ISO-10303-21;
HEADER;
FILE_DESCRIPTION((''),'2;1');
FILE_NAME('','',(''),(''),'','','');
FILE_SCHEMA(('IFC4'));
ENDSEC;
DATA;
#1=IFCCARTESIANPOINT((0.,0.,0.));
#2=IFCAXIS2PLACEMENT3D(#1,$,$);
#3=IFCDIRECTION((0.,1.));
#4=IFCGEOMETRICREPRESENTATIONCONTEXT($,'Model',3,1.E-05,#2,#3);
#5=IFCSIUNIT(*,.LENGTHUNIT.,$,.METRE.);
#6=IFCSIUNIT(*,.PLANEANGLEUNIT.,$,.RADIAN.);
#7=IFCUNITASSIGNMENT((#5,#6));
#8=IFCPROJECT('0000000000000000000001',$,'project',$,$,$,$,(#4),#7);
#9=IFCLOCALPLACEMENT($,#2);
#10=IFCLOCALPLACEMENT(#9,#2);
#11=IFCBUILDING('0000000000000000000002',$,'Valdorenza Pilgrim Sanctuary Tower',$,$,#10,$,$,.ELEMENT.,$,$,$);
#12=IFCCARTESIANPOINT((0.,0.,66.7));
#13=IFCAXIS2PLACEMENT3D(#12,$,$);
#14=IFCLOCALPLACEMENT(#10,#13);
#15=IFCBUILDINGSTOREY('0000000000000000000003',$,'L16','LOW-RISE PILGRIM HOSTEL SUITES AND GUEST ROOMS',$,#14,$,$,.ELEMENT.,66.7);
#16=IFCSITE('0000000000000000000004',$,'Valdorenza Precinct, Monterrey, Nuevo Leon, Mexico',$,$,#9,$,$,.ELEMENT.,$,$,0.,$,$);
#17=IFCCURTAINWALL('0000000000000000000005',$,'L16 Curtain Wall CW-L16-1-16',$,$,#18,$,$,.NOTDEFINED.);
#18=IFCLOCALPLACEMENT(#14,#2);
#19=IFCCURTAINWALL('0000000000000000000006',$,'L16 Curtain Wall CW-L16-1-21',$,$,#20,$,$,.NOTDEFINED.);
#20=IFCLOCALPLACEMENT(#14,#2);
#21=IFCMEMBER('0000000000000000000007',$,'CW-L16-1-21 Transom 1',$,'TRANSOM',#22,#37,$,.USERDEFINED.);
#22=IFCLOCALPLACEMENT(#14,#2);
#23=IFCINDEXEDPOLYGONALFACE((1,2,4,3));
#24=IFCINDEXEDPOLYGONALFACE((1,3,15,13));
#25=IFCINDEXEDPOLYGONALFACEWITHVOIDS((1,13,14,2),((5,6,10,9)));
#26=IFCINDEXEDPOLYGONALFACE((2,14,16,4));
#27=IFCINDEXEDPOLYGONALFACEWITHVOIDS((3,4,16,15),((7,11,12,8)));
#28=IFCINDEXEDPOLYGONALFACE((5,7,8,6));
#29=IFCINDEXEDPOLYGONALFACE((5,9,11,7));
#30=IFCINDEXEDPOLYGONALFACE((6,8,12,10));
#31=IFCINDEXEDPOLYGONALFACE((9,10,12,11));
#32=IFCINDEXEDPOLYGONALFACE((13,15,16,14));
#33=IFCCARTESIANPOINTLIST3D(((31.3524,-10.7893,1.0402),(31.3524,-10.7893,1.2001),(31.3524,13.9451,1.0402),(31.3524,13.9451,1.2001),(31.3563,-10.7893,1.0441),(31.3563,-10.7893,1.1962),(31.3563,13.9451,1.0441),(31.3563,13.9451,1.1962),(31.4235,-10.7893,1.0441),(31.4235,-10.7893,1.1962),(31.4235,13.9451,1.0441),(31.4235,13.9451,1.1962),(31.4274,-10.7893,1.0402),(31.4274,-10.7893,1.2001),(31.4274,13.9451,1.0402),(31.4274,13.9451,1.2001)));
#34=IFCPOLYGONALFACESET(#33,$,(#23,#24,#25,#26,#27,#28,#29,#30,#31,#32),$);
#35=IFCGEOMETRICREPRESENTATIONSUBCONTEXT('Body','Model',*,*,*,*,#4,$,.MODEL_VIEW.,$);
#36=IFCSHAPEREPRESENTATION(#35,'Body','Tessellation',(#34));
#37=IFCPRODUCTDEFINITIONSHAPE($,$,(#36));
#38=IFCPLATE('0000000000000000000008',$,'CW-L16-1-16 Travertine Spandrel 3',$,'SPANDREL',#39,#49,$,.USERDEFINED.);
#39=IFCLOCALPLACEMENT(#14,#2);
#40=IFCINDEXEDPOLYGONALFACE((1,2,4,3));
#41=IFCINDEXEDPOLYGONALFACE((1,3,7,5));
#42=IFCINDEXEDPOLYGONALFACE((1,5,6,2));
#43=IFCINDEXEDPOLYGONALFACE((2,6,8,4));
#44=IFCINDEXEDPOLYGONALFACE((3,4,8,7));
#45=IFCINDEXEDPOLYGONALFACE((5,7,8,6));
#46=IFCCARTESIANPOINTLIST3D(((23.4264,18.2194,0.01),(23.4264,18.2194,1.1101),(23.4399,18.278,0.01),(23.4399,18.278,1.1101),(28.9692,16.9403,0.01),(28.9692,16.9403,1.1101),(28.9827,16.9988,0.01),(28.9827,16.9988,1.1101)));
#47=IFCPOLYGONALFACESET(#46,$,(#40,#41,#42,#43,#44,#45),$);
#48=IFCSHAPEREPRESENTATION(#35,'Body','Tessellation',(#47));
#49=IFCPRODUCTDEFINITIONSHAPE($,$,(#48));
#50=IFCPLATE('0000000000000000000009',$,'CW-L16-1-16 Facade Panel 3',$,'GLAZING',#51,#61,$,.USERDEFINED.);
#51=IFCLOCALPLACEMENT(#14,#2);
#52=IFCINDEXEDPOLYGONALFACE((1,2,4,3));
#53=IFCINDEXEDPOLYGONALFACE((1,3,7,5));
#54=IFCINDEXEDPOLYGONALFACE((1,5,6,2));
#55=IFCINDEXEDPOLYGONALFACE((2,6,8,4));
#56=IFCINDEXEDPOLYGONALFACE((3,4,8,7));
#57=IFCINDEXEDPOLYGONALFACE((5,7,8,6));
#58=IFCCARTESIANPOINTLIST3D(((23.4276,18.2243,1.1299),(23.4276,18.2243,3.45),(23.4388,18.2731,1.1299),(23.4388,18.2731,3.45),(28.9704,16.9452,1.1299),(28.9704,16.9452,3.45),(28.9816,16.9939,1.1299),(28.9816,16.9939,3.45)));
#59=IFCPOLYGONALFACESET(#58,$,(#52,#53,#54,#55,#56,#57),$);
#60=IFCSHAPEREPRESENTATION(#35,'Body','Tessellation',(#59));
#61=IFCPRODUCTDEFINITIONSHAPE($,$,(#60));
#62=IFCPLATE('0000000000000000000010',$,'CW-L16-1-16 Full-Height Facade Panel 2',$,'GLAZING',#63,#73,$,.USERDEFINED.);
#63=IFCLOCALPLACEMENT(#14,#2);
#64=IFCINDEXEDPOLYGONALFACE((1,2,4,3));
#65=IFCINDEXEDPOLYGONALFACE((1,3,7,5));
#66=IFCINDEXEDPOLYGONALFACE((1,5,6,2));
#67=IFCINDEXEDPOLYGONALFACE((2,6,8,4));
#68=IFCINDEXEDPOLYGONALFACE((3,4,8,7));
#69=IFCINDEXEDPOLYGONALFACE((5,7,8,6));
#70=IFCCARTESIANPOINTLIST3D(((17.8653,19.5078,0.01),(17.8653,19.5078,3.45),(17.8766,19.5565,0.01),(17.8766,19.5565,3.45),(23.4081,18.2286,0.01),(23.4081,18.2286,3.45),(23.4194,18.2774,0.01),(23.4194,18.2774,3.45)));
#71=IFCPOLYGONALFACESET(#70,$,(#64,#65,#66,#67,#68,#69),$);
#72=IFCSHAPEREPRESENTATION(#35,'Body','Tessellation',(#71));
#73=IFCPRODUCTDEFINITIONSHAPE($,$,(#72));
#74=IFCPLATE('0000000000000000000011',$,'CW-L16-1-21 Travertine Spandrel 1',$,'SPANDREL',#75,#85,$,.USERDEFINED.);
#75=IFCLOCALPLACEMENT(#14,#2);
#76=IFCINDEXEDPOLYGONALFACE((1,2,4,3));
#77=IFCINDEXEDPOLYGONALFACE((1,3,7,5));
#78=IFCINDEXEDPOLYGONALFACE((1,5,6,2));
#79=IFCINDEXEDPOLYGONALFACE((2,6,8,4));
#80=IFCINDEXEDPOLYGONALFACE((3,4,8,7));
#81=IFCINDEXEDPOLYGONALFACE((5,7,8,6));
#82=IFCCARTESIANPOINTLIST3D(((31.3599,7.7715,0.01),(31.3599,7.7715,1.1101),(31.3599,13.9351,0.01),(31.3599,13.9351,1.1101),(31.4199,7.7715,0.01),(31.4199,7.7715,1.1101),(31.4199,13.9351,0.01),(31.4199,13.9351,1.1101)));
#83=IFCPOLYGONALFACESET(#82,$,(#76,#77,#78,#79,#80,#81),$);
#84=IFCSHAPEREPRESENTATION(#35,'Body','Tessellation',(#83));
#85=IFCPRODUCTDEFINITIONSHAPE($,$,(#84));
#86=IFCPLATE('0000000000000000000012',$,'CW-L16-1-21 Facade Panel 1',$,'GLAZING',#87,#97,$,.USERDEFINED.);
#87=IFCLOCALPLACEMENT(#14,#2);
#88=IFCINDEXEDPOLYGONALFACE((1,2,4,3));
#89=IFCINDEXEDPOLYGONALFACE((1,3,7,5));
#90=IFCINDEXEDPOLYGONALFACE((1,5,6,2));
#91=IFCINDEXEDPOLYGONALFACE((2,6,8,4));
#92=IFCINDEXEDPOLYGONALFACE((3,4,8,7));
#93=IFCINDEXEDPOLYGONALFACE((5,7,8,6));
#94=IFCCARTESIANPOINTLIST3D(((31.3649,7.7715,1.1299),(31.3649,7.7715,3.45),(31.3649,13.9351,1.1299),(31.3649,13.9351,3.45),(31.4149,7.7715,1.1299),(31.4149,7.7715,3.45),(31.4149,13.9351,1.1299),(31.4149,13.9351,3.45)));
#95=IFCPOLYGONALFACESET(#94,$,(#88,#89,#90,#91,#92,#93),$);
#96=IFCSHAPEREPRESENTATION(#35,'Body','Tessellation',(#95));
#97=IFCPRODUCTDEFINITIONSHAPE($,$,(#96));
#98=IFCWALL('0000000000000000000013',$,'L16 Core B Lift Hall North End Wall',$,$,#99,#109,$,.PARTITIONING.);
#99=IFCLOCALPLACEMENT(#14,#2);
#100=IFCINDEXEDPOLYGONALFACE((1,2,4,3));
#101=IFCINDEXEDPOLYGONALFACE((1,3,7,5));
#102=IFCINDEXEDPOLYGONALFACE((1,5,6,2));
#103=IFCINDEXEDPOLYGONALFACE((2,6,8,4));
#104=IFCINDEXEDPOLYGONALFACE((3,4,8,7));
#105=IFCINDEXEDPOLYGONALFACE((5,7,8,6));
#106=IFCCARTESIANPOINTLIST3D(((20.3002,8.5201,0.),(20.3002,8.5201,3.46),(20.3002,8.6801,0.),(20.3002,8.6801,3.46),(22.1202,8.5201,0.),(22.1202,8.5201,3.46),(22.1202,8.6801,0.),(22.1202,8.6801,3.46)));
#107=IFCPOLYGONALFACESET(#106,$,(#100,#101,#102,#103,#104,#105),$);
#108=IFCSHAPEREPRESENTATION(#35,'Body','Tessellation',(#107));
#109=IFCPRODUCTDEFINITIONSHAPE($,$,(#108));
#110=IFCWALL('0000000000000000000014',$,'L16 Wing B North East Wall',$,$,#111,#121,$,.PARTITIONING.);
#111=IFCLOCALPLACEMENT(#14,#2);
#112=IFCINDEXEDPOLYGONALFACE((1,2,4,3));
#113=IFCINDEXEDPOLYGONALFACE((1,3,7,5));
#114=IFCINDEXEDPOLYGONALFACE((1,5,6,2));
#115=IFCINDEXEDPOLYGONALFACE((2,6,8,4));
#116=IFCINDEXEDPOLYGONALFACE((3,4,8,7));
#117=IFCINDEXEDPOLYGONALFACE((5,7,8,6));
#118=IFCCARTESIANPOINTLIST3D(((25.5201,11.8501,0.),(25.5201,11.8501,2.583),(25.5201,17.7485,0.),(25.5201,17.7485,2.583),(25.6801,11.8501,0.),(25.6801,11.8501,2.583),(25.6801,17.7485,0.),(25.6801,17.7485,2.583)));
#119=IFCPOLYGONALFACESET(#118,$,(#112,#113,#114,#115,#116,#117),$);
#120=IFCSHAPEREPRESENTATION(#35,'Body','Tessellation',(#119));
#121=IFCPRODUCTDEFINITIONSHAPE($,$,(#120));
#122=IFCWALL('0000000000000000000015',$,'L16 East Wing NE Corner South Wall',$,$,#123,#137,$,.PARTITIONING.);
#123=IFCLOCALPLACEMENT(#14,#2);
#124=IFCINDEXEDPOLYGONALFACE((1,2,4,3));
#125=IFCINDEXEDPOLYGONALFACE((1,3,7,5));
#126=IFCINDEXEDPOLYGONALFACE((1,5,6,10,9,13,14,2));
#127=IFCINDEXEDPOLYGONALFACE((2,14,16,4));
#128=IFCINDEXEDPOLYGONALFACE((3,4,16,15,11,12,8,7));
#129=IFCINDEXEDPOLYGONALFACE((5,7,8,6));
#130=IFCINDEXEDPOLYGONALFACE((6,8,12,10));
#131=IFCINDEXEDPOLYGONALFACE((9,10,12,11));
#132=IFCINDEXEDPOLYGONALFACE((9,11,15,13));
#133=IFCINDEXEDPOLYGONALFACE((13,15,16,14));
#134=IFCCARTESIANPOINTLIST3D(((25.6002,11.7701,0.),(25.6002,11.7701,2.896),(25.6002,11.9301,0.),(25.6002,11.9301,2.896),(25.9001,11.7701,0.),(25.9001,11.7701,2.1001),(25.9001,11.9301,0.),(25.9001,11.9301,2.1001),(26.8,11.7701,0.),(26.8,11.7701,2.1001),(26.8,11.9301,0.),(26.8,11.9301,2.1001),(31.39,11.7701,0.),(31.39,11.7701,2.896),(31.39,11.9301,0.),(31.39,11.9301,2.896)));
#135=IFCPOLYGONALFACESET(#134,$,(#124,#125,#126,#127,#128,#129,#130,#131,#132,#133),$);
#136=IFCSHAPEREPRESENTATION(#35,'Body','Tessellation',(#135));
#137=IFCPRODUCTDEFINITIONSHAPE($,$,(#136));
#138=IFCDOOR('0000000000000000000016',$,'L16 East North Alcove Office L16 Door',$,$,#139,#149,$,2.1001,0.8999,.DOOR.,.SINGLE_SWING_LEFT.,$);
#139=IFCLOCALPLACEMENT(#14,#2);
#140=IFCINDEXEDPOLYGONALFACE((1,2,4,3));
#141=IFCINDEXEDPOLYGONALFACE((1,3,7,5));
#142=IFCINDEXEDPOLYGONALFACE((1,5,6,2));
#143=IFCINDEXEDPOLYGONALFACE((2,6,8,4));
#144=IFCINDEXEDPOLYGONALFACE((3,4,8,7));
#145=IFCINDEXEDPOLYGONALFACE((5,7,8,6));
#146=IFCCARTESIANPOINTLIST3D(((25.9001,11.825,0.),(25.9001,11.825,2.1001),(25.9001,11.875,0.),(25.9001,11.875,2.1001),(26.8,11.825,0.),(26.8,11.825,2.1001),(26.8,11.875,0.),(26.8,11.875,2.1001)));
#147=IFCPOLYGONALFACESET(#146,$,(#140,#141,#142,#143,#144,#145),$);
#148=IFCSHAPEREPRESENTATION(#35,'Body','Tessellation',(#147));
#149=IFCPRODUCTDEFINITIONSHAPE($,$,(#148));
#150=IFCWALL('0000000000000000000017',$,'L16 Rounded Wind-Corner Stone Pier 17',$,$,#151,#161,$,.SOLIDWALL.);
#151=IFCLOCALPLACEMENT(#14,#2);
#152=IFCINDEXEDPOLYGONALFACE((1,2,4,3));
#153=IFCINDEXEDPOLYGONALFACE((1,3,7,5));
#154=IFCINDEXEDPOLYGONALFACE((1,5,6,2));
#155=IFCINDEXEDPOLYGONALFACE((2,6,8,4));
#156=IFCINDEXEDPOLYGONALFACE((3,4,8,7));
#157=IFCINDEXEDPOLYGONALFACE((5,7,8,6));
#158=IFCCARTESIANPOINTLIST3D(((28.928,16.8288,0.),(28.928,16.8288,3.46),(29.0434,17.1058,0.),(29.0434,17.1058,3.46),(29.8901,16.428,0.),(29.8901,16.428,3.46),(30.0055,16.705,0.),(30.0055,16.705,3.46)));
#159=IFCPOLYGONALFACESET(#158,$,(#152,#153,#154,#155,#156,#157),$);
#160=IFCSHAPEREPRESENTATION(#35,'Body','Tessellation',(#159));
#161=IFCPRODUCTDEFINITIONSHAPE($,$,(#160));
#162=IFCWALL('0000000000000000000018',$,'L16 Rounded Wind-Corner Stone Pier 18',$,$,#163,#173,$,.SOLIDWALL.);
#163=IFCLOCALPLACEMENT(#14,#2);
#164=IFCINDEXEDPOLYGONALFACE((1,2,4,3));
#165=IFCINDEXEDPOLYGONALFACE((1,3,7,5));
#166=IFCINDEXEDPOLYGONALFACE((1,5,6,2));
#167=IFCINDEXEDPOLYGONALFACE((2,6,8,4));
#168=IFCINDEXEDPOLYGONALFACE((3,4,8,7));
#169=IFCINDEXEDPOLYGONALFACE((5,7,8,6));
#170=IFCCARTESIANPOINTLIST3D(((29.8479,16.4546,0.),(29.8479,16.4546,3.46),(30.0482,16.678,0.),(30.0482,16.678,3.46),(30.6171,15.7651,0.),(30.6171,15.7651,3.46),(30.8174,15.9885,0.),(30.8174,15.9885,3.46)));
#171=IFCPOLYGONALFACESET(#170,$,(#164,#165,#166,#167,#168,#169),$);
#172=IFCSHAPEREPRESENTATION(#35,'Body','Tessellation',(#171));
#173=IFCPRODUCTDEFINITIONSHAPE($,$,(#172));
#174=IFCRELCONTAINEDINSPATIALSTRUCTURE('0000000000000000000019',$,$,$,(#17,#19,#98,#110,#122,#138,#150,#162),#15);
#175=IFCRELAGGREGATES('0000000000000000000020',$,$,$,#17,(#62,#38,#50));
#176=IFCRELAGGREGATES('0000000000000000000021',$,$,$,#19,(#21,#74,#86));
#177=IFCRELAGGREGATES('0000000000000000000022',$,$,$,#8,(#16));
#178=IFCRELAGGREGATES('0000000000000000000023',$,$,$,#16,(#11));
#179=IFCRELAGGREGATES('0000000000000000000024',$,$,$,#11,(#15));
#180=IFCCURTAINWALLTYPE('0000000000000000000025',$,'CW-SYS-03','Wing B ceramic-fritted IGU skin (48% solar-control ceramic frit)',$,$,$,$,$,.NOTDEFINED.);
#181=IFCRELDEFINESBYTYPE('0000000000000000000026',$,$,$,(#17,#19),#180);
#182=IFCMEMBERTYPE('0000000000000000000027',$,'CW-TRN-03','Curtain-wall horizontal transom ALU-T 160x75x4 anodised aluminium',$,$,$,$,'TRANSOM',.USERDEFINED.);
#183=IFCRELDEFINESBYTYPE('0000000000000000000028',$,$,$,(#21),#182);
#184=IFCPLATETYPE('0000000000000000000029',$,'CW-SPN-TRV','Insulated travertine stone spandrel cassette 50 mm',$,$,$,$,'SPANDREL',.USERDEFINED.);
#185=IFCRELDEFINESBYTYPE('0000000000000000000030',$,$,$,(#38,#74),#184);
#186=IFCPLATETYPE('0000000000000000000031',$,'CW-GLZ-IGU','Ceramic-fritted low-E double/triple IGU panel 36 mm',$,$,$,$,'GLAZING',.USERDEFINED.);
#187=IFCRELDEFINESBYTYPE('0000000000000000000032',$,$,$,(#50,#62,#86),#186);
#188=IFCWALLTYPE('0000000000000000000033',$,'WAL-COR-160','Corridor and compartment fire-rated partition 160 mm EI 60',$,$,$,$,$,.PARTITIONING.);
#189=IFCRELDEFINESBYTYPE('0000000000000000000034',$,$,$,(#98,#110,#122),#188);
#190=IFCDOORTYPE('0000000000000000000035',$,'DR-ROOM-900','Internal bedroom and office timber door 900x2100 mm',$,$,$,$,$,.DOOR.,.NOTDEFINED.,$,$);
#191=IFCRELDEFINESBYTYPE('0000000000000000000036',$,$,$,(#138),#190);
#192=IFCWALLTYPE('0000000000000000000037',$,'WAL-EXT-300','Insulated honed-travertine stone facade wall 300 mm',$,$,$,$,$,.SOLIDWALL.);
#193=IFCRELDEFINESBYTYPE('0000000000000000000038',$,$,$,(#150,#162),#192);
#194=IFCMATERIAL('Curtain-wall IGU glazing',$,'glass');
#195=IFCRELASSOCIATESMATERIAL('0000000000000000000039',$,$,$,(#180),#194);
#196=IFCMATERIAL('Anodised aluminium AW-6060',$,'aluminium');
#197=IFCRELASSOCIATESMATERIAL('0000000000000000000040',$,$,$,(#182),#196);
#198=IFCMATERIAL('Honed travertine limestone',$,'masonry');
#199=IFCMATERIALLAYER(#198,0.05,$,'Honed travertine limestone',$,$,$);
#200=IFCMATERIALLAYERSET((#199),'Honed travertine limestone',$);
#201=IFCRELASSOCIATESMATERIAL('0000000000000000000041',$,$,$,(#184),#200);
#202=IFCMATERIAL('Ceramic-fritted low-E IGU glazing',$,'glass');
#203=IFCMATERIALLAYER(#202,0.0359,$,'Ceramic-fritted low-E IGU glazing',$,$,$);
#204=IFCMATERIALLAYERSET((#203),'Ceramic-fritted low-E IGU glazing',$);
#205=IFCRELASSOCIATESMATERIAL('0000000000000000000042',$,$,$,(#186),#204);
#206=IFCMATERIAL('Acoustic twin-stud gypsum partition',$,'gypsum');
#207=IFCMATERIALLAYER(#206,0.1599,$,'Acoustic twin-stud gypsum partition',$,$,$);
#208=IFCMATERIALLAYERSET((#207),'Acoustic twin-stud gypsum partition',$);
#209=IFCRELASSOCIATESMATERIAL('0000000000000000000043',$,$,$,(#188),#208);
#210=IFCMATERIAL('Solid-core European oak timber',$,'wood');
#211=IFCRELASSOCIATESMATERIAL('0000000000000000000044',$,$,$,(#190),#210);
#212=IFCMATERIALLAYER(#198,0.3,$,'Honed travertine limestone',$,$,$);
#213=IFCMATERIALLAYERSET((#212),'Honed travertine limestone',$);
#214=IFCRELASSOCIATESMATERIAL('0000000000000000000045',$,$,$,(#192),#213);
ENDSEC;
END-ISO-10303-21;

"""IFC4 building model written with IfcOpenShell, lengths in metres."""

from ifc_helpers import new_model, si_unit, direction, frame, frame_2d, origin, origin_2d, place, context, subcontext, project, spatial, rectangle, hollow_rectangle, extrude, source, transform, mapped, material, layer, layer_set, material_profile, profile_set, type_object, element, fill, aggregate, save


model = new_model("IFC4")

# Units and contexts
model_context = context("Model", 3, precision=1e-05, world=origin(), true_north=direction((0.0, 1.0)))
body_context = subcontext(model_context, "Body", "Model", "MODEL_VIEW")
ifc_project = project(units=[si_unit("LENGTHUNIT", "METRE"), si_unit("PLANEANGLEUNIT", "RADIAN")], contexts=[model_context])

# Site, building, storey
site_placement = place(None, origin())
site = spatial("IfcSite", under=ifc_project, at=site_placement, Name="Valdorenza Precinct, Monterrey, Nuevo Leon, Mexico", CompositionType="ELEMENT", RefElevation=0.0)
building_placement = place(site_placement, origin())
building = spatial("IfcBuilding", under=site, at=building_placement, Name="Valdorenza Pilgrim Sanctuary Tower", CompositionType="ELEMENT")
storey_placement = place(building_placement, frame((0.0, 0.0, 66.7)))
storey = spatial("IfcBuildingStorey", under=building, at=storey_placement, Name="L16", Description="LOW-RISE PILGRIM HOSTEL SUITES AND GUEST ROOMS", CompositionType="ELEMENT", Elevation=66.7)

# Curtain walls, member
ifc_material_1 = material(Name="Curtain-wall IGU glazing", Category="glass")
curtain_wall_type = type_object("IfcCurtainWallType", Name="CW-SYS-03", Description="Wing B ceramic-fritted IGU skin (48% solar-control ceramic frit)", PredefinedType="NOTDEFINED", material=ifc_material_1)
curtain_wall_1_placement = place(storey_placement, origin())
curtain_wall_1 = element("IfcCurtainWall", 1, at=curtain_wall_1_placement, inside=storey, type_object=curtain_wall_type, Name="L16 Curtain Wall CW-L16-1-16", PredefinedType="NOTDEFINED")
ifc_material_2 = material(Name="Anodised aluminium AW-6060", Category="aluminium")
curtain_wall_2_placement = place(storey_placement, origin())
curtain_wall_2 = element("IfcCurtainWall", 2, at=curtain_wall_2_placement, inside=storey, type_object=curtain_wall_type, Name="L16 Curtain Wall CW-L16-1-21", PredefinedType="NOTDEFINED")
ifc_material_profile_1 = material_profile(ifc_material_2, hollow_rectangle(XDim=0.075, YDim=0.1599, WallThickness=0.0039, at=origin_2d()), Name="ALU-T 160x75x4")
ifc_profile_set_1 = profile_set([ifc_material_profile_1], Name="Anodised aluminium AW-6060")
member_type_1 = type_object("IfcMemberType", Name="CW-TRN-03", Description="Curtain-wall horizontal transom ALU-T 160x75x4 anodised aluminium", ElementType="TRANSOM", PredefinedType="USERDEFINED", material=ifc_profile_set_1)
shared_shape_1 = source(origin(), body_context, "Body", "SweptSolid", [
    extrude(hollow_rectangle(XDim=0.075, YDim=0.1599, WallThickness=0.0039, at=origin_2d()), origin(), (0.0, 0.0, 1.0), 24.7344),
])
member_1_placement = place(storey_placement, frame((31.3899, 13.9451, 1.1201), z_axis=(0.0, -1.0, 0.0), x_axis=(1.0, 0.0, 0.0)))
member_1 = element("IfcMember", 3, at=member_1_placement, type_object=member_type_1, Name="CW-L16-1-21 Transom 1", ObjectType="TRANSOM", PredefinedType="USERDEFINED", context=body_context, shape_type="MappedRepresentation", body=[
    mapped(shared_shape_1, transform((0.0, 0.0, 0.0), x_axis=(1.0, 0.0, 0.0), y_axis=(0.0, 1.0, 0.0), z_axis=(0.0, 0.0, 1.0), scale=1.0)),
])

# Plates
ifc_material_3 = material(Name="Honed travertine limestone", Category="masonry")
ifc_layer_1 = layer(ifc_material_3, 0.05, Name="Honed travertine limestone")
ifc_layer_set_1 = layer_set([ifc_layer_1], Name="Honed travertine limestone")
plate_type_1 = type_object("IfcPlateType", Name="CW-SPN-TRV", Description="Insulated travertine stone spandrel cassette 50 mm", ElementType="SPANDREL", PredefinedType="USERDEFINED", material=ifc_layer_set_1)
shared_shape_2 = source(origin(), body_context, "Body", "SweptSolid", [
    extrude(rectangle(XDim=5.6885, YDim=0.0601, at=origin_2d()), origin(), (0.0, 0.0, 1.0), 1.1001),
])
plate_1_placement = place(storey_placement, frame((26.2046, 17.6091, 0.01), z_axis=(0.0, 0.0, 1.0), x_axis=(0.97439, -0.224866, 0.0)))
plate_1 = element("IfcPlate", 4, at=plate_1_placement, type_object=plate_type_1, Name="CW-L16-1-16 Travertine Spandrel 3", ObjectType="SPANDREL", PredefinedType="USERDEFINED", context=body_context, shape_type="MappedRepresentation", body=[
    mapped(shared_shape_2, transform((0.0, 0.0, 0.0), x_axis=(1.0, 0.0, 0.0), y_axis=(0.0, 1.0, 0.0), z_axis=(0.0, 0.0, 1.0), scale=1.0)),
])
ifc_material_4 = material(Name="Ceramic-fritted low-E IGU glazing", Category="glass")
ifc_layer_2 = layer(ifc_material_4, 0.0359, Name="Ceramic-fritted low-E IGU glazing")
ifc_layer_set_2 = layer_set([ifc_layer_2], Name="Ceramic-fritted low-E IGU glazing")
plate_type_2 = type_object("IfcPlateType", Name="CW-GLZ-IGU", Description="Ceramic-fritted low-E double/triple IGU panel 36 mm", ElementType="GLAZING", PredefinedType="USERDEFINED", material=ifc_layer_set_2)
shared_shape_3 = source(origin(), body_context, "Body", "SweptSolid", [
    extrude(rectangle(XDim=5.6885, YDim=0.05, at=origin_2d()), origin(), (0.0, 0.0, 1.0), 2.3201),
])
plate_2_placement = place(storey_placement, frame((26.2046, 17.6091, 1.1299), z_axis=(0.0, 0.0, 1.0), x_axis=(0.97439, -0.224866, 0.0)))
plate_2 = element("IfcPlate", 5, at=plate_2_placement, type_object=plate_type_2, Name="CW-L16-1-16 Facade Panel 3", ObjectType="GLAZING", PredefinedType="USERDEFINED", context=body_context, shape_type="MappedRepresentation", body=[
    mapped(shared_shape_3, transform((0.0, 0.0, 0.0), x_axis=(1.0, 0.0, 0.0), y_axis=(0.0, 1.0, 0.0), z_axis=(0.0, 0.0, 1.0), scale=1.0)),
])
shared_shape_4 = source(origin(), body_context, "Body", "SweptSolid", [
    extrude(rectangle(XDim=5.6885, YDim=0.05, at=origin_2d()), origin(), (0.0, 0.0, 1.0), 3.4399),
])
plate_3_placement = place(storey_placement, frame((20.6423, 18.8926, 0.01), z_axis=(0.0, 0.0, 1.0), x_axis=(0.97439, -0.224866, 0.0)))
plate_3 = element("IfcPlate", 6, at=plate_3_placement, type_object=plate_type_2, Name="CW-L16-1-16 Full-Height Facade Panel 2", ObjectType="GLAZING", PredefinedType="USERDEFINED", context=body_context, shape_type="MappedRepresentation", body=[
    mapped(shared_shape_4, transform((0.0, 0.0, 0.0), x_axis=(1.0, 0.0, 0.0), y_axis=(0.0, 1.0, 0.0), z_axis=(0.0, 0.0, 1.0), scale=1.0)),
])
aggregate(curtain_wall_1, [plate_3, plate_1, plate_2])
shared_shape_5 = source(origin(), body_context, "Body", "SweptSolid", [
    extrude(rectangle(XDim=6.1636, YDim=0.0601, at=origin_2d()), origin(), (0.0, 0.0, 1.0), 1.1001),
])
plate_4_placement = place(storey_placement, frame((31.3899, 10.8533, 0.01), z_axis=(0.0, 0.0, 1.0), x_axis=(0.0, -1.0, 0.0)))
plate_4 = element("IfcPlate", 7, at=plate_4_placement, type_object=plate_type_1, Name="CW-L16-1-21 Travertine Spandrel 1", ObjectType="SPANDREL", PredefinedType="USERDEFINED", context=body_context, shape_type="MappedRepresentation", body=[
    mapped(shared_shape_5, transform((0.0, 0.0, 0.0), x_axis=(1.0, 0.0, 0.0), y_axis=(0.0, 1.0, 0.0), z_axis=(0.0, 0.0, 1.0), scale=1.0)),
])
shared_shape_6 = source(origin(), body_context, "Body", "SweptSolid", [
    extrude(rectangle(XDim=6.1636, YDim=0.05, at=origin_2d()), origin(), (0.0, 0.0, 1.0), 2.3201),
])
plate_5_placement = place(storey_placement, frame((31.3899, 10.8533, 1.1299), z_axis=(0.0, 0.0, 1.0), x_axis=(0.0, -1.0, 0.0)))
plate_5 = element("IfcPlate", 8, at=plate_5_placement, type_object=plate_type_2, Name="CW-L16-1-21 Facade Panel 1", ObjectType="GLAZING", PredefinedType="USERDEFINED", context=body_context, shape_type="MappedRepresentation", body=[
    mapped(shared_shape_6, transform((0.0, 0.0, 0.0), x_axis=(1.0, 0.0, 0.0), y_axis=(0.0, 1.0, 0.0), z_axis=(0.0, 0.0, 1.0), scale=1.0)),
])
aggregate(curtain_wall_2, [member_1, plate_4, plate_5])

# Walls
ifc_material_5 = material(Name="Acoustic twin-stud gypsum partition", Category="gypsum")
ifc_layer_3 = layer(ifc_material_5, 0.1599, Name="Acoustic twin-stud gypsum partition")
ifc_layer_set_3 = layer_set([ifc_layer_3], Name="Acoustic twin-stud gypsum partition")
wall_type_1 = type_object("IfcWallType", Name="WAL-COR-160", Description="Corridor and compartment fire-rated partition 160 mm EI 60", PredefinedType="PARTITIONING", material=ifc_layer_set_3)
wall_1_placement = place(storey_placement, frame((20.3, 8.6001, 0.0), z_axis=(0.0, 0.0, 1.0), x_axis=(1.0, 0.0, 0.0)))
element("IfcWall", 9, at=wall_1_placement, inside=storey, type_object=wall_type_1, Name="L16 Core B Lift Hall North End Wall", PredefinedType="PARTITIONING", context=body_context, shape_type="SweptSolid", body=[
    extrude(rectangle(XDim=1.8201, YDim=0.1599, at=frame_2d((0.9102, 0.0))), origin(), (0.0, 0.0, 1.0), 3.46),
])
wall_2_placement = place(storey_placement, frame((25.6001, 11.8501, 0.0), z_axis=(0.0, 0.0, 1.0), x_axis=(0.0, 1.0, 0.0)))
element("IfcWall", 10, at=wall_2_placement, inside=storey, type_object=wall_type_1, Name="L16 Wing B North East Wall", PredefinedType="PARTITIONING", context=body_context, shape_type="SweptSolid", body=[
    extrude(rectangle(XDim=5.8984, YDim=0.1599, at=frame_2d((2.9492, 0.0))), origin(), (0.0, 0.0, 1.0), 2.583),
])

# Wall, opening, door
wall_3_placement = place(storey_placement, frame((25.6001, 11.8501, 0.0), z_axis=(0.0, 0.0, 1.0), x_axis=(1.0, 0.0, 0.0)))
wall_3 = element("IfcWall", 11, at=wall_3_placement, inside=storey, type_object=wall_type_1, Name="L16 East Wing NE Corner South Wall", PredefinedType="PARTITIONING", context=body_context, shape_type="SweptSolid", body=[
    extrude(rectangle(XDim=5.7898, YDim=0.1599, at=frame_2d((2.895, 0.0))), origin(), (0.0, 0.0, 1.0), 2.896),
])
opening_1_placement = place(wall_3_placement, frame((0.3, 0.0, 0.0)))
opening_1 = element("IfcOpeningElement", 12, at=opening_1_placement, cuts=wall_3, PredefinedType="OPENING", context=body_context, shape_type="SweptSolid", body=[
    extrude(rectangle(XDim=0.8999, YDim=2.1001, at=frame_2d((0.45, 1.05))), frame((0.0, 0.0947, 0.0), z_axis=(0.0, -1.0, 0.0), x_axis=(1.0, 0.0, 0.0)), (0.0, 0.0, 1.0), 0.1897),
])
ifc_material_6 = material(Name="Solid-core European oak timber", Category="wood")
door_type_1 = type_object("IfcDoorType", Name="DR-ROOM-900", Description="Internal bedroom and office timber door 900x2100 mm", OperationType="NOTDEFINED", PredefinedType="DOOR", material=ifc_material_6)
door_1_placement = place(opening_1_placement, origin())
door_1 = element("IfcDoor", 13, at=door_1_placement, inside=storey, type_object=door_type_1, Name="L16 East North Alcove Office L16 Door", OperationType="SINGLE_SWING_LEFT", OverallHeight=2.1001, OverallWidth=0.8999, PredefinedType="DOOR", context=body_context, shape_type="SweptSolid", body=[
    extrude(rectangle(XDim=0.8999, YDim=2.1001, at=frame_2d((0.45, 1.05))), frame((0.0, 0.0249, 0.0), z_axis=(0.0, -1.0, 0.0), x_axis=(1.0, 0.0, 0.0)), (0.0, 0.0, 1.0), 0.05),
])
fill(opening_1, door_1)

# Walls
ifc_layer_4 = layer(ifc_material_3, 0.3, Name="Honed travertine limestone")
ifc_layer_set_4 = layer_set([ifc_layer_4], Name="Honed travertine limestone")
wall_type_2 = type_object("IfcWallType", Name="WAL-EXT-300", Description="Insulated honed-travertine stone facade wall 300 mm", PredefinedType="SOLIDWALL", material=ifc_layer_set_4)
wall_4_placement = place(storey_placement, frame((28.9858, 16.9673, 0.0), z_axis=(0.0, 0.0, 1.0), x_axis=(0.923084, -0.384599, 0.0)))
element("IfcWall", 14, at=wall_4_placement, inside=storey, type_object=wall_type_2, Name="L16 Rounded Wind-Corner Stone Pier 17", PredefinedType="SOLIDWALL", context=body_context, shape_type="SweptSolid", body=[
    extrude(rectangle(XDim=1.0422, YDim=0.3, at=frame_2d((0.521, 0.0))), origin(), (0.0, 0.0, 1.0), 3.46),
])
wall_5_placement = place(storey_placement, frame((29.948, 16.5664, 0.0), z_axis=(0.0, 0.0, 1.0), x_axis=(0.744586, -0.667527, 0.0)))
element("IfcWall", 15, at=wall_5_placement, inside=storey, type_object=wall_type_2, Name="L16 Rounded Wind-Corner Stone Pier 18", PredefinedType="SOLIDWALL", context=body_context, shape_type="SweptSolid", body=[
    extrude(rectangle(XDim=1.033, YDim=0.3, at=frame_2d((0.5166, 0.0))), origin(), (0.0, 0.0, 1.0), 3.46),
])

save(model, "model.ifc")
